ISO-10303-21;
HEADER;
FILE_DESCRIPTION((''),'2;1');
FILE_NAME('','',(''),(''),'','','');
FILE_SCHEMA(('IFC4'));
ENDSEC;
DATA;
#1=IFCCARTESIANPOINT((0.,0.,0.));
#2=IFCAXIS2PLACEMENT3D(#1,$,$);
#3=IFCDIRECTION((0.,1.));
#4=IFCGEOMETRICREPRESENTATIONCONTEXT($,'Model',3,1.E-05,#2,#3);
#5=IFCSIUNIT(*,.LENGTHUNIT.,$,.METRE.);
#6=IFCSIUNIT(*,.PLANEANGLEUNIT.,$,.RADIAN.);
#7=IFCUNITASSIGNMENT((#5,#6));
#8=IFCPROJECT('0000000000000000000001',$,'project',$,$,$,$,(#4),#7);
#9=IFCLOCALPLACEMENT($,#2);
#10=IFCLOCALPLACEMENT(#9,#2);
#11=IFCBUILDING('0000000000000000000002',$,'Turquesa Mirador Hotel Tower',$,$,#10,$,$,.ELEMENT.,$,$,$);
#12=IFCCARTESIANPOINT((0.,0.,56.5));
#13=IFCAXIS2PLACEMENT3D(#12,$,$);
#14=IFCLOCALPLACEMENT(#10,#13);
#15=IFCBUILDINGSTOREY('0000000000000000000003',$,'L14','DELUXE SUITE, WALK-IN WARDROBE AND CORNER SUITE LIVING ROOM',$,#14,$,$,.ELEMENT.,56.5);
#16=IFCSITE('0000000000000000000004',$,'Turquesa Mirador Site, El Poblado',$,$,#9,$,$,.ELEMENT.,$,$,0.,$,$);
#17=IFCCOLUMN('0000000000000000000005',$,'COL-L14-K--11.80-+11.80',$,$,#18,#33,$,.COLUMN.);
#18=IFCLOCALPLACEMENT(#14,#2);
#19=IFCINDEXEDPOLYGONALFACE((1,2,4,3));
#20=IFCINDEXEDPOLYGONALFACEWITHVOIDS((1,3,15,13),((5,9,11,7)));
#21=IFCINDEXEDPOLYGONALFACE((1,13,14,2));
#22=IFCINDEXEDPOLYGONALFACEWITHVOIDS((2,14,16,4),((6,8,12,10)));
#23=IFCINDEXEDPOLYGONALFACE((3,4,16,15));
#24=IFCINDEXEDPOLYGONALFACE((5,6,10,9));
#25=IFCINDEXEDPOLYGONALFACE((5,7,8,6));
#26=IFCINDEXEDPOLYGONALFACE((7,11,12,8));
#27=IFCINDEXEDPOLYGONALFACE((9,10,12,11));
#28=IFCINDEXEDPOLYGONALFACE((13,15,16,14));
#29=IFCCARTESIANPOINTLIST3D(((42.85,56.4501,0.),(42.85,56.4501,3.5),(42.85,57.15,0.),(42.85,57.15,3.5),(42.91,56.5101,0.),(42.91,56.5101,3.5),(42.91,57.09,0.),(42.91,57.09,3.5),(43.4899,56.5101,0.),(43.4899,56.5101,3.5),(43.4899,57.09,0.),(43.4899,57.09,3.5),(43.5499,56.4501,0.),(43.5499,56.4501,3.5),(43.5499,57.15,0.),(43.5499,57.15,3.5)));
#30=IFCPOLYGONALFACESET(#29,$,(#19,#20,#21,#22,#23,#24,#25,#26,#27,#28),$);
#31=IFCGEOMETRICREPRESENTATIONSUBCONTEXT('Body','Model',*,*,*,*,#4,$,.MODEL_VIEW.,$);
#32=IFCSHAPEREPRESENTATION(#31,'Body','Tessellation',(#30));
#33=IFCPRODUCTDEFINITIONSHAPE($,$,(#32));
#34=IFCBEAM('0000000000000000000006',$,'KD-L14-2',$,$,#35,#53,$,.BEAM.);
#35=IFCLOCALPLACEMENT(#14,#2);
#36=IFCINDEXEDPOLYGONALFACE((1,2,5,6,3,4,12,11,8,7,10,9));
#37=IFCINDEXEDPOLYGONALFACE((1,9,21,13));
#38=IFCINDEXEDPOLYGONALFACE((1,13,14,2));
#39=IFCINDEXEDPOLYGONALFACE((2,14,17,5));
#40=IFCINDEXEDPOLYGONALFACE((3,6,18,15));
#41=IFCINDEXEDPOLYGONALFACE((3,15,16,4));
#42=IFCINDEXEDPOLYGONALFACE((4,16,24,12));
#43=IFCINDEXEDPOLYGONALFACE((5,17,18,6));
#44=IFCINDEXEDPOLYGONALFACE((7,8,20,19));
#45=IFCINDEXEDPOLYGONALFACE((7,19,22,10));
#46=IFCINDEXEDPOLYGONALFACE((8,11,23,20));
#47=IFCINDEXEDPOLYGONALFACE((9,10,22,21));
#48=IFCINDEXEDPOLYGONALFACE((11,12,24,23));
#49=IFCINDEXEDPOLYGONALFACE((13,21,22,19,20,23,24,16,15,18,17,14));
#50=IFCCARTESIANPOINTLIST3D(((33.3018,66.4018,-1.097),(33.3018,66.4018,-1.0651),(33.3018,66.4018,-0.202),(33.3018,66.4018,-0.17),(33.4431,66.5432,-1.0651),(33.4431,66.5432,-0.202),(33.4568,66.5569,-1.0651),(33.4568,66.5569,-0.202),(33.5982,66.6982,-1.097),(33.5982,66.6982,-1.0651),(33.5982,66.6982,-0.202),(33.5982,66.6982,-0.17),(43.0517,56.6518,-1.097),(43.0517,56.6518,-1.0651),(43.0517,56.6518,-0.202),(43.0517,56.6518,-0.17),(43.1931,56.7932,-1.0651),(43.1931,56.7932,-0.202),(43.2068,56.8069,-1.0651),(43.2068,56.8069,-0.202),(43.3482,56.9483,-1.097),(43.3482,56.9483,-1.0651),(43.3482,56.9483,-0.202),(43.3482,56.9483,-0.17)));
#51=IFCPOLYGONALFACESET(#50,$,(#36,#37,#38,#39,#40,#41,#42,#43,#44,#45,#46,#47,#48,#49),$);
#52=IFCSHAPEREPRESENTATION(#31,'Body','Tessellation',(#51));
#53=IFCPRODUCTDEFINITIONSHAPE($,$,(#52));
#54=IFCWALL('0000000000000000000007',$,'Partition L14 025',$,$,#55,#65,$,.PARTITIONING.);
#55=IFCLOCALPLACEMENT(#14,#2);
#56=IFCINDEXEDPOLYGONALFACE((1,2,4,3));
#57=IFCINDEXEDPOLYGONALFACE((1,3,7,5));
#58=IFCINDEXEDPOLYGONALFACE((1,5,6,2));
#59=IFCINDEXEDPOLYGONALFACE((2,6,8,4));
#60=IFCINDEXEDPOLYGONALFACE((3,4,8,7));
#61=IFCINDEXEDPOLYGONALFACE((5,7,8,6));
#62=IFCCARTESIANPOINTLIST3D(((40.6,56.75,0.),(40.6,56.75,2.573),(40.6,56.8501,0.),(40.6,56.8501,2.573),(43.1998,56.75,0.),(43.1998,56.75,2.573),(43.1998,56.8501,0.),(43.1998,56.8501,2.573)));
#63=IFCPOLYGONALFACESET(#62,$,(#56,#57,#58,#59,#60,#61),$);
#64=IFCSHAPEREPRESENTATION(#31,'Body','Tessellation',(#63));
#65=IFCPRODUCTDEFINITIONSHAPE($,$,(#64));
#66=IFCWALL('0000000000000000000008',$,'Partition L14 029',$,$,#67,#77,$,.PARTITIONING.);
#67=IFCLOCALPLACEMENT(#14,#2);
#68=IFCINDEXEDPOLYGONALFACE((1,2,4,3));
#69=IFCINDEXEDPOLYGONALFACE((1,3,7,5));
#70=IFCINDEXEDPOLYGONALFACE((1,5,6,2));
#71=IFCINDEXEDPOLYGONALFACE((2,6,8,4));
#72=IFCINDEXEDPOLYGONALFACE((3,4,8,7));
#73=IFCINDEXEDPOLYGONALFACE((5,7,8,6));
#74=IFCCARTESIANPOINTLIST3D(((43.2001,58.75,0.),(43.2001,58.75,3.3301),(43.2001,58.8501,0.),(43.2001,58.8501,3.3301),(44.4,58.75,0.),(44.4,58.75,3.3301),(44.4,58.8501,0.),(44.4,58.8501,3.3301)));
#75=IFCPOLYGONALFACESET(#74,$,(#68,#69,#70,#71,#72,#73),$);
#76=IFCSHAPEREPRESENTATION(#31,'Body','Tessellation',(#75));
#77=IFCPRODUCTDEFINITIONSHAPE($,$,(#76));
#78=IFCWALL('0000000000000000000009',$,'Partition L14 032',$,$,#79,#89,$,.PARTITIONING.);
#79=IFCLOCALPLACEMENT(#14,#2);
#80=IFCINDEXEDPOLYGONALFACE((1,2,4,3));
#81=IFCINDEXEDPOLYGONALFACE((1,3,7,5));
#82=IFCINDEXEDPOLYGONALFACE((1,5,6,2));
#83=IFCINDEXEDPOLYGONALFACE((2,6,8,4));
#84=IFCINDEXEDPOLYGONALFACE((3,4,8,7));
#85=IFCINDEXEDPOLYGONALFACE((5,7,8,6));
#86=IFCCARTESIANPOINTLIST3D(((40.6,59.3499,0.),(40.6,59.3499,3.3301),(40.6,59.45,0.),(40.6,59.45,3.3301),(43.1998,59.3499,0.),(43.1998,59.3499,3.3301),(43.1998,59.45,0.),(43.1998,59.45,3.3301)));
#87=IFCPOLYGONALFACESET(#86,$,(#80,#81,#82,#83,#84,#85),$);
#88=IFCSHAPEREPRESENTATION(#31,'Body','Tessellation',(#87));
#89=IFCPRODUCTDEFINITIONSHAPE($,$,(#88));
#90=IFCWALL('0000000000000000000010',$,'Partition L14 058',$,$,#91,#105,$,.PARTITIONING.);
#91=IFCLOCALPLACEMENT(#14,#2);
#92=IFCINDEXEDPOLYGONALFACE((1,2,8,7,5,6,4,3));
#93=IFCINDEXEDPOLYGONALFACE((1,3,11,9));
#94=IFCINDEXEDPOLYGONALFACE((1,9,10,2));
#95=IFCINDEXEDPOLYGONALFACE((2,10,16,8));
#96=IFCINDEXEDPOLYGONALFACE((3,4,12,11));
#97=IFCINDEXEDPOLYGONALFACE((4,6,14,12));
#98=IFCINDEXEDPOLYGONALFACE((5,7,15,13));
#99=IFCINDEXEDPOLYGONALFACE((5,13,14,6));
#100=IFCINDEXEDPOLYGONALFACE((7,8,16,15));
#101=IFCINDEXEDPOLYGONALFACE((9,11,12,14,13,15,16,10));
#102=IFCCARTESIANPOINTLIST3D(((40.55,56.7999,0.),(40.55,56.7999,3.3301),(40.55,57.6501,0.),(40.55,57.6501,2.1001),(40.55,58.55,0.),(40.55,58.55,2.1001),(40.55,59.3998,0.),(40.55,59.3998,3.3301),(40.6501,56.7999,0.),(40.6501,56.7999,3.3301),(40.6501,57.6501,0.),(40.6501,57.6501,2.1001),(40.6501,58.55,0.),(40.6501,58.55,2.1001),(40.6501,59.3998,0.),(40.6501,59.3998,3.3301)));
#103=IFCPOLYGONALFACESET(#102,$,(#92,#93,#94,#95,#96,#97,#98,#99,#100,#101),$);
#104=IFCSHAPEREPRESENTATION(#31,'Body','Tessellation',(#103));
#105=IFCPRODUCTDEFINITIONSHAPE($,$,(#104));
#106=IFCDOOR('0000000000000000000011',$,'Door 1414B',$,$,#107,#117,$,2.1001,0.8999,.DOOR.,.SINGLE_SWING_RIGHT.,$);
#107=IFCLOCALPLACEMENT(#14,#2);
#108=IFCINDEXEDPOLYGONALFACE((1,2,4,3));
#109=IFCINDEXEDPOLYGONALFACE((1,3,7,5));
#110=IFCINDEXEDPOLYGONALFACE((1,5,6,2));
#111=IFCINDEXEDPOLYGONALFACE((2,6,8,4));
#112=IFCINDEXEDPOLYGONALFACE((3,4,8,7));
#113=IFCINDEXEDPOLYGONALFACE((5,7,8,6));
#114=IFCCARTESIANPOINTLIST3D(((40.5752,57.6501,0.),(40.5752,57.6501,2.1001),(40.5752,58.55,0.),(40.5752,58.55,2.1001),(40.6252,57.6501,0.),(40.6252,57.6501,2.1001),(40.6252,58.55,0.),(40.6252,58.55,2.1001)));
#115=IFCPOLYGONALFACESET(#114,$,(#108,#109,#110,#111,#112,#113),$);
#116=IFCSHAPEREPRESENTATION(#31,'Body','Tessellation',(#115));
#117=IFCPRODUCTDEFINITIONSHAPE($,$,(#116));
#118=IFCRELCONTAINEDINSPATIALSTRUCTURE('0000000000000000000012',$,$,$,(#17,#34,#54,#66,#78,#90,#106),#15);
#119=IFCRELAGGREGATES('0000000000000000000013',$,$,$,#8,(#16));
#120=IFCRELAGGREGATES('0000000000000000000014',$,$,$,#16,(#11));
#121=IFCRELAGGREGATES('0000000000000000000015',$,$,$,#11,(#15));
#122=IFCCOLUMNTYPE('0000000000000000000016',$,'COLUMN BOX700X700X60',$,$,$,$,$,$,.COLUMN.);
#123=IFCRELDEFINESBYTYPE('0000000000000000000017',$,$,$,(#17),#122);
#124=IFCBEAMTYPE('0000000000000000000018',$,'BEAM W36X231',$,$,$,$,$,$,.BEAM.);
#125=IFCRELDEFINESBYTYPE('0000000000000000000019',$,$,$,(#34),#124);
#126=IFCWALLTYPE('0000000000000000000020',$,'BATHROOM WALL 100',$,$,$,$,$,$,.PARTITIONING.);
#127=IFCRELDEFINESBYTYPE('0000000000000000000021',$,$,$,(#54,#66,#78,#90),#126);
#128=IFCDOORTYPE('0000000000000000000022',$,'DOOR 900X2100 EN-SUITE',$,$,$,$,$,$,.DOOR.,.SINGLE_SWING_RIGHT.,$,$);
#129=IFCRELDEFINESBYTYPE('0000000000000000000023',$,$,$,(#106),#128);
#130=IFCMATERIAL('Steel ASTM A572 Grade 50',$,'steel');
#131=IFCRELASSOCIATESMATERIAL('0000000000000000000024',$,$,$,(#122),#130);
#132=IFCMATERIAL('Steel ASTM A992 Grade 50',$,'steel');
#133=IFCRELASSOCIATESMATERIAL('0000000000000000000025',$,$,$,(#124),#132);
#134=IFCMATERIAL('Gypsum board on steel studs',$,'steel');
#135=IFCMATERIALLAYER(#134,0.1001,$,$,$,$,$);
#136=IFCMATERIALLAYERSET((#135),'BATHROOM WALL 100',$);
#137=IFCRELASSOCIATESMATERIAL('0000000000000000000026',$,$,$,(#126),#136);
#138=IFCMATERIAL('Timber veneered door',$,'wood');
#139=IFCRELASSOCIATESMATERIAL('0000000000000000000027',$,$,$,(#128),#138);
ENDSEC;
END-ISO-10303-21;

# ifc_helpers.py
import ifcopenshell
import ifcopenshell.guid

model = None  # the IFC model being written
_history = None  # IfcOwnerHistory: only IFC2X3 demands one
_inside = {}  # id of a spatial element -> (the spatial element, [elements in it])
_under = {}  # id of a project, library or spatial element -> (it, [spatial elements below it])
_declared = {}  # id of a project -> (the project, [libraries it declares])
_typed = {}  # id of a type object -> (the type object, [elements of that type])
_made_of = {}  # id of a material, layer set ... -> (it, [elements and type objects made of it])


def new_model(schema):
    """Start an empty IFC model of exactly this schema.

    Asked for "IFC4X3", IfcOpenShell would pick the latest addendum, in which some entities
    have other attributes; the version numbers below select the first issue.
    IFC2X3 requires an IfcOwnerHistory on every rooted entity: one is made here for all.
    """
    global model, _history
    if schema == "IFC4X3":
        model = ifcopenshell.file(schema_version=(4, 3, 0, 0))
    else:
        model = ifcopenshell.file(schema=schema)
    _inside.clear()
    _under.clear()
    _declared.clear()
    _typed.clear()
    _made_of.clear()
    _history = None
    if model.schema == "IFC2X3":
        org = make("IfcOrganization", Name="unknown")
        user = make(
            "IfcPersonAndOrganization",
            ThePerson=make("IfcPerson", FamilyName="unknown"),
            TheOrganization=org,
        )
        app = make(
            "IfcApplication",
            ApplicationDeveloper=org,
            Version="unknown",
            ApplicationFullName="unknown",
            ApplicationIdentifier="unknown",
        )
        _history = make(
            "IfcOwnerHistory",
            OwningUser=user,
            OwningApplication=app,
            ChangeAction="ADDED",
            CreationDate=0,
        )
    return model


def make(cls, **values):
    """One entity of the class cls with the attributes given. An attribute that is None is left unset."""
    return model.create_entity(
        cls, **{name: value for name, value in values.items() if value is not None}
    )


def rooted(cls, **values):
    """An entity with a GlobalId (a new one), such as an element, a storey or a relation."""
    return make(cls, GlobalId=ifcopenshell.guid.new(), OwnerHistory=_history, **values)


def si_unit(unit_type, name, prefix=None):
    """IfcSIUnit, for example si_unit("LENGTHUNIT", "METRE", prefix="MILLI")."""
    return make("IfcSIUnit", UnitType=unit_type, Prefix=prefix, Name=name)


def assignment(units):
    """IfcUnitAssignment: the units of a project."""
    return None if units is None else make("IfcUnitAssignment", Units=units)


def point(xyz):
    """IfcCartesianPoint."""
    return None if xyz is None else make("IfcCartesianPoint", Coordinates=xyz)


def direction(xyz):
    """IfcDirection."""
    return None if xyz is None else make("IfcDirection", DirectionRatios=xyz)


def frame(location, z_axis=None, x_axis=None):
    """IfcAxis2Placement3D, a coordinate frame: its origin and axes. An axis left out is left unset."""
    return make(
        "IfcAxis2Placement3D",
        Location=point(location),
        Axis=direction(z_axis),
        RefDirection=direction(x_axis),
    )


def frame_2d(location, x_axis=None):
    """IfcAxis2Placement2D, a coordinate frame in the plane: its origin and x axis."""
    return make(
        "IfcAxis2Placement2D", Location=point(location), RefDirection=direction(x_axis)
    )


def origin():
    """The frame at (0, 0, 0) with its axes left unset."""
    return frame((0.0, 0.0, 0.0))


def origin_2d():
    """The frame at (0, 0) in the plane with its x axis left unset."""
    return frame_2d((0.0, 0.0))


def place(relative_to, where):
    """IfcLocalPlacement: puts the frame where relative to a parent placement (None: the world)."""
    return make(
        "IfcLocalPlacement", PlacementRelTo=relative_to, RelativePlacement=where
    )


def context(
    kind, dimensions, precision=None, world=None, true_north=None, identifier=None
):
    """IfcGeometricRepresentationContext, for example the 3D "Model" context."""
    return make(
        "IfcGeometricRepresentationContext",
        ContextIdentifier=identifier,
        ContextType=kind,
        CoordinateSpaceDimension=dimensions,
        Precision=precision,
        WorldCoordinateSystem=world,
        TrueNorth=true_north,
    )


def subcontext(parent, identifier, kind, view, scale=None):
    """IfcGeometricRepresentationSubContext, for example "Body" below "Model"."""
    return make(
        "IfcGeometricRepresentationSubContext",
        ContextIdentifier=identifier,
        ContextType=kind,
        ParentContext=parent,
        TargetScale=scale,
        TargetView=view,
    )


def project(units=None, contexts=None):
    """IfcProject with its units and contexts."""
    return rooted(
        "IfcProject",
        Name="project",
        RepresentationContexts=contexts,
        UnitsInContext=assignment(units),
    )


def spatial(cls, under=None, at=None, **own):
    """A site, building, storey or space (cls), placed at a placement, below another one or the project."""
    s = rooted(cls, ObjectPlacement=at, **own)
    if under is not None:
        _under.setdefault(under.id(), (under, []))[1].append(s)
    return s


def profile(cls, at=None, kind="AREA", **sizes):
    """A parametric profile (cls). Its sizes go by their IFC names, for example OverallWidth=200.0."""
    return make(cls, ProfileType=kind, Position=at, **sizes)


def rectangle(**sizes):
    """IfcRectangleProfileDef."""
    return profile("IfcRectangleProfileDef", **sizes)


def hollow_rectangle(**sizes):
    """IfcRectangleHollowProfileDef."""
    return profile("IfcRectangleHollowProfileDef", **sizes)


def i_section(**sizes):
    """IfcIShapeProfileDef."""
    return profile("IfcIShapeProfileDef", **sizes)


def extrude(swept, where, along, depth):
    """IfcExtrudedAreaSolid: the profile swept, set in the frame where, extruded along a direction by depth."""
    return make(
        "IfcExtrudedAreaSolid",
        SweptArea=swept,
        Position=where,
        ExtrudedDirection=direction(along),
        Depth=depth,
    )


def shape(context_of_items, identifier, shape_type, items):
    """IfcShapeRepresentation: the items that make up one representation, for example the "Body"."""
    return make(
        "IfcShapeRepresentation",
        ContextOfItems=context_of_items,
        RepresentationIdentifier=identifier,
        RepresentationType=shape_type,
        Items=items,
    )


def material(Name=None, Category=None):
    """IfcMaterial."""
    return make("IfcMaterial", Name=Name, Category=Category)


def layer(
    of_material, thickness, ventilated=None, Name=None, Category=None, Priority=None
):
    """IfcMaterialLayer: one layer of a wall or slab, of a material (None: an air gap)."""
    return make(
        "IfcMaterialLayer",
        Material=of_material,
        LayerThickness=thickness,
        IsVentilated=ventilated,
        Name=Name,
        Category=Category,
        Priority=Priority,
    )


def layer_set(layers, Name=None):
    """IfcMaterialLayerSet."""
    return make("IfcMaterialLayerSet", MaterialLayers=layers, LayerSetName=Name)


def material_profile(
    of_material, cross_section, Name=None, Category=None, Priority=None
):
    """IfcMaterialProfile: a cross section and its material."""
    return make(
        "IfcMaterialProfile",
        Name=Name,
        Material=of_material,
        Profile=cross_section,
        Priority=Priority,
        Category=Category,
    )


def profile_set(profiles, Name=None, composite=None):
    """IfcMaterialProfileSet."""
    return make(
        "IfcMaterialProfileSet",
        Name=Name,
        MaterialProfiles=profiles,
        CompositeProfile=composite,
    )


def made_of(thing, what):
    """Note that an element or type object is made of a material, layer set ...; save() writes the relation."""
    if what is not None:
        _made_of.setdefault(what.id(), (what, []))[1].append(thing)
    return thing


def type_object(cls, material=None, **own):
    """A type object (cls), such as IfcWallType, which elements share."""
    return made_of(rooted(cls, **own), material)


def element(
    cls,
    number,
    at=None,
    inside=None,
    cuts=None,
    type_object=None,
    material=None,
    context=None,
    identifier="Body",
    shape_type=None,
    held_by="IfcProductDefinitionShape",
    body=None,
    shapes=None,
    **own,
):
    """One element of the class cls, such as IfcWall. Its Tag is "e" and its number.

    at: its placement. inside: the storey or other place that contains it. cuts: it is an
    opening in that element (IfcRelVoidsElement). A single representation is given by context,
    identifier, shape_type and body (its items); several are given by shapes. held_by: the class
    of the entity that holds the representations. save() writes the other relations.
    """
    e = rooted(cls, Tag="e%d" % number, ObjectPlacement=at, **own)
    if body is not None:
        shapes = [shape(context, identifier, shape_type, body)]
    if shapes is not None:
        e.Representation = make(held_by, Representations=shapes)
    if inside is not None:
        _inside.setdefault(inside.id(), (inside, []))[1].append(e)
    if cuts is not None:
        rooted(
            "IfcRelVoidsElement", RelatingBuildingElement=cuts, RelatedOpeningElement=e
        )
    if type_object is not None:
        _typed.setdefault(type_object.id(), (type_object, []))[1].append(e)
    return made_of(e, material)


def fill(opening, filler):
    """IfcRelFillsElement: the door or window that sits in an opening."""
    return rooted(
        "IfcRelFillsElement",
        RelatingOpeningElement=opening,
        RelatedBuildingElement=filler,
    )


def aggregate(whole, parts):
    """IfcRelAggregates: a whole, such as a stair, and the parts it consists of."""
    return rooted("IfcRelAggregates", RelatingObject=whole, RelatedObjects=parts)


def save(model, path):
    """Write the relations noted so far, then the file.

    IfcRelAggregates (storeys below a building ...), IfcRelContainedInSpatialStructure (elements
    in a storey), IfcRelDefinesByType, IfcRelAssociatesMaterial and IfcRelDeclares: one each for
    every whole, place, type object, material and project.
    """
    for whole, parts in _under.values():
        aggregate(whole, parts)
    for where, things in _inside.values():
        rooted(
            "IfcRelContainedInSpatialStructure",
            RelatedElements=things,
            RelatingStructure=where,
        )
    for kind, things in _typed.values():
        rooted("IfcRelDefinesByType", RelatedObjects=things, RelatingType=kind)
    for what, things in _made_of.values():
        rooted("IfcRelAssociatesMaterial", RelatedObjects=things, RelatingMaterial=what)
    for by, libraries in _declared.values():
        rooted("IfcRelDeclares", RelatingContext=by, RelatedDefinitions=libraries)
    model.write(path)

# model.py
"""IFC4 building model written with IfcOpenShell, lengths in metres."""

from ifc_helpers import new_model, si_unit, direction, frame, frame_2d, origin, origin_2d, place, context, subcontext, project, spatial, rectangle, hollow_rectangle, i_section, extrude, material, layer, layer_set, material_profile, profile_set, type_object, element, fill, save


model = new_model("IFC4")

# Units and contexts
model_context = context("Model", 3, precision=1e-05, world=origin(), true_north=direction((0.0, 1.0)))
body_context = subcontext(model_context, "Body", "Model", "MODEL_VIEW")
ifc_project = project(units=[si_unit("LENGTHUNIT", "METRE"), si_unit("PLANEANGLEUNIT", "RADIAN")], contexts=[model_context])

# Site, building, storey
site_placement = place(None, origin())
site = spatial("IfcSite", under=ifc_project, at=site_placement, Name="Turquesa Mirador Site, El Poblado", CompositionType="ELEMENT", RefElevation=0.0)
building_placement = place(site_placement, origin())
building = spatial("IfcBuilding", under=site, at=building_placement, Name="Turquesa Mirador Hotel Tower", CompositionType="ELEMENT")
storey_placement = place(building_placement, frame((0.0, 0.0, 56.5)))
storey = spatial("IfcBuildingStorey", under=building, at=storey_placement, Name="L14", Description="DELUXE SUITE, WALK-IN WARDROBE AND CORNER SUITE LIVING ROOM", CompositionType="ELEMENT", Elevation=56.5)

# Column
ifc_material_1 = material(Name="Steel ASTM A572 Grade 50", Category="steel")
ifc_material_profile_1 = material_profile(ifc_material_1, hollow_rectangle(XDim=0.7, YDim=0.7, WallThickness=0.0601, at=origin_2d()), Name="BOX700X700X60")
ifc_profile_set_1 = profile_set([ifc_material_profile_1], Name="Steel ASTM A572 Grade 50")
column_type = type_object("IfcColumnType", Name="COLUMN BOX700X700X60", PredefinedType="COLUMN", material=ifc_profile_set_1)
column_placement = place(storey_placement, frame((43.2, 56.8, 0.0), z_axis=(0.0, 0.0, 1.0), x_axis=(1.0, 0.0, 0.0)))
element("IfcColumn", 1, at=column_placement, inside=storey, type_object=column_type, Name="COL-L14-K--11.80-+11.80", PredefinedType="COLUMN", context=body_context, shape_type="SweptSolid", body=[
    extrude(hollow_rectangle(XDim=0.7, YDim=0.7, WallThickness=0.0601, at=origin_2d()), origin(), (0.0, 0.0, 1.0), 3.5),
])

# Beam
ifc_material_2 = material(Name="Steel ASTM A992 Grade 50", Category="steel")
ifc_material_profile_2 = material_profile(ifc_material_2, i_section(OverallWidth=0.4192, OverallDepth=0.927, WebThickness=0.0193, FlangeThickness=0.032, at=origin_2d()), Name="W36X231")
ifc_profile_set_2 = profile_set([ifc_material_profile_2], Name="Steel ASTM A992 Grade 50")
beam_type = type_object("IfcBeamType", Name="BEAM W36X231", PredefinedType="BEAM", material=ifc_profile_set_2)
beam_placement = place(storey_placement, frame((43.2, 56.8, -0.6335), z_axis=(-0.707107, 0.707107, 0.0), x_axis=(-0.707107, -0.707107, 0.0)))
element("IfcBeam", 2, at=beam_placement, inside=storey, type_object=beam_type, Name="KD-L14-2", PredefinedType="BEAM", context=body_context, shape_type="SweptSolid", body=[
    extrude(i_section(OverallWidth=0.4192, OverallDepth=0.927, WebThickness=0.0193, FlangeThickness=0.032, at=origin_2d()), origin(), (0.0, 0.0, 1.0), 13.7886),
])

# Walls
ifc_material_3 = material(Name="Gypsum board on steel studs", Category="steel")
ifc_layer_1 = layer(ifc_material_3, 0.1001)
ifc_layer_set_1 = layer_set([ifc_layer_1], Name="BATHROOM WALL 100")
wall_type_1 = type_object("IfcWallType", Name="BATHROOM WALL 100", PredefinedType="PARTITIONING", material=ifc_layer_set_1)
wall_1_placement = place(storey_placement, frame((40.6001, 56.8, 0.0), z_axis=(0.0, 0.0, 1.0), x_axis=(1.0, 0.0, 0.0)))
element("IfcWall", 3, at=wall_1_placement, inside=storey, type_object=wall_type_1, Name="Partition L14 025", PredefinedType="PARTITIONING", context=body_context, shape_type="SweptSolid", body=[
    extrude(rectangle(XDim=2.5999, YDim=0.1001, at=frame_2d((1.2998, 0.0))), origin(), (0.0, 0.0, 1.0), 2.573),
])
wall_2_placement = place(storey_placement, frame((43.2, 58.8, 0.0), z_axis=(0.0, 0.0, 1.0), x_axis=(1.0, 0.0, 0.0)))
element("IfcWall", 4, at=wall_2_placement, inside=storey, type_object=wall_type_1, Name="Partition L14 029", PredefinedType="PARTITIONING", context=body_context, shape_type="SweptSolid", body=[
    extrude(rectangle(XDim=1.2, YDim=0.1001, at=frame_2d((0.6001, 0.0))), origin(), (0.0, 0.0, 1.0), 3.3301),
])
wall_3_placement = place(storey_placement, frame((40.6001, 59.3999, 0.0), z_axis=(0.0, 0.0, 1.0), x_axis=(1.0, 0.0, 0.0)))
element("IfcWall", 5, at=wall_3_placement, inside=storey, type_object=wall_type_1, Name="Partition L14 032", PredefinedType="PARTITIONING", context=body_context, shape_type="SweptSolid", body=[
    extrude(rectangle(XDim=2.5999, YDim=0.1001, at=frame_2d((1.2998, 0.0))), origin(), (0.0, 0.0, 1.0), 3.3301),
])

# Wall, opening, door
wall_4_placement = place(storey_placement, frame((40.6001, 56.8, 0.0), z_axis=(0.0, 0.0, 1.0), x_axis=(0.0, 1.0, 0.0)))
wall_4 = element("IfcWall", 6, at=wall_4_placement, inside=storey, type_object=wall_type_1, Name="Partition L14 058", PredefinedType="PARTITIONING", context=body_context, shape_type="SweptSolid", body=[
    extrude(rectangle(XDim=2.5999, YDim=0.1001, at=frame_2d((1.2998, 0.0))), origin(), (0.0, 0.0, 1.0), 3.3301),
])
opening_1_placement = place(wall_4_placement, frame((0.8501, 0.0, 0.0)))
opening_1 = element("IfcOpeningElement", 7, at=opening_1_placement, cuts=wall_4, PredefinedType="OPENING", context=body_context, shape_type="SweptSolid", body=[
    extrude(rectangle(XDim=0.8999, YDim=2.1001, at=frame_2d((0.45, 1.05))), frame((0.0, 0.0601, 0.0), z_axis=(0.0, -1.0, 0.0), x_axis=(1.0, 0.0, 0.0)), (0.0, 0.0, 1.0), 0.1201),
])
ifc_material_4 = material(Name="Timber veneered door", Category="wood")
door_type_1 = type_object("IfcDoorType", Name="DOOR 900X2100 EN-SUITE", OperationType="SINGLE_SWING_RIGHT", PredefinedType="DOOR", material=ifc_material_4)
door_1_placement = place(opening_1_placement, origin())
door_1 = element("IfcDoor", 8, at=door_1_placement, inside=storey, type_object=door_type_1, Name="Door 1414B", OperationType="SINGLE_SWING_RIGHT", OverallHeight=2.1001, OverallWidth=0.8999, PredefinedType="DOOR", context=body_context, shape_type="SweptSolid", body=[
    extrude(rectangle(XDim=0.8999, YDim=2.1001, at=frame_2d((0.45, 1.05))), frame((0.0, 0.0249, 0.0), z_axis=(0.0, -1.0, 0.0), x_axis=(1.0, 0.0, 0.0)), (0.0, 0.0, 1.0), 0.05),
])
fill(opening_1, door_1)

save(model, "model.ifc")
